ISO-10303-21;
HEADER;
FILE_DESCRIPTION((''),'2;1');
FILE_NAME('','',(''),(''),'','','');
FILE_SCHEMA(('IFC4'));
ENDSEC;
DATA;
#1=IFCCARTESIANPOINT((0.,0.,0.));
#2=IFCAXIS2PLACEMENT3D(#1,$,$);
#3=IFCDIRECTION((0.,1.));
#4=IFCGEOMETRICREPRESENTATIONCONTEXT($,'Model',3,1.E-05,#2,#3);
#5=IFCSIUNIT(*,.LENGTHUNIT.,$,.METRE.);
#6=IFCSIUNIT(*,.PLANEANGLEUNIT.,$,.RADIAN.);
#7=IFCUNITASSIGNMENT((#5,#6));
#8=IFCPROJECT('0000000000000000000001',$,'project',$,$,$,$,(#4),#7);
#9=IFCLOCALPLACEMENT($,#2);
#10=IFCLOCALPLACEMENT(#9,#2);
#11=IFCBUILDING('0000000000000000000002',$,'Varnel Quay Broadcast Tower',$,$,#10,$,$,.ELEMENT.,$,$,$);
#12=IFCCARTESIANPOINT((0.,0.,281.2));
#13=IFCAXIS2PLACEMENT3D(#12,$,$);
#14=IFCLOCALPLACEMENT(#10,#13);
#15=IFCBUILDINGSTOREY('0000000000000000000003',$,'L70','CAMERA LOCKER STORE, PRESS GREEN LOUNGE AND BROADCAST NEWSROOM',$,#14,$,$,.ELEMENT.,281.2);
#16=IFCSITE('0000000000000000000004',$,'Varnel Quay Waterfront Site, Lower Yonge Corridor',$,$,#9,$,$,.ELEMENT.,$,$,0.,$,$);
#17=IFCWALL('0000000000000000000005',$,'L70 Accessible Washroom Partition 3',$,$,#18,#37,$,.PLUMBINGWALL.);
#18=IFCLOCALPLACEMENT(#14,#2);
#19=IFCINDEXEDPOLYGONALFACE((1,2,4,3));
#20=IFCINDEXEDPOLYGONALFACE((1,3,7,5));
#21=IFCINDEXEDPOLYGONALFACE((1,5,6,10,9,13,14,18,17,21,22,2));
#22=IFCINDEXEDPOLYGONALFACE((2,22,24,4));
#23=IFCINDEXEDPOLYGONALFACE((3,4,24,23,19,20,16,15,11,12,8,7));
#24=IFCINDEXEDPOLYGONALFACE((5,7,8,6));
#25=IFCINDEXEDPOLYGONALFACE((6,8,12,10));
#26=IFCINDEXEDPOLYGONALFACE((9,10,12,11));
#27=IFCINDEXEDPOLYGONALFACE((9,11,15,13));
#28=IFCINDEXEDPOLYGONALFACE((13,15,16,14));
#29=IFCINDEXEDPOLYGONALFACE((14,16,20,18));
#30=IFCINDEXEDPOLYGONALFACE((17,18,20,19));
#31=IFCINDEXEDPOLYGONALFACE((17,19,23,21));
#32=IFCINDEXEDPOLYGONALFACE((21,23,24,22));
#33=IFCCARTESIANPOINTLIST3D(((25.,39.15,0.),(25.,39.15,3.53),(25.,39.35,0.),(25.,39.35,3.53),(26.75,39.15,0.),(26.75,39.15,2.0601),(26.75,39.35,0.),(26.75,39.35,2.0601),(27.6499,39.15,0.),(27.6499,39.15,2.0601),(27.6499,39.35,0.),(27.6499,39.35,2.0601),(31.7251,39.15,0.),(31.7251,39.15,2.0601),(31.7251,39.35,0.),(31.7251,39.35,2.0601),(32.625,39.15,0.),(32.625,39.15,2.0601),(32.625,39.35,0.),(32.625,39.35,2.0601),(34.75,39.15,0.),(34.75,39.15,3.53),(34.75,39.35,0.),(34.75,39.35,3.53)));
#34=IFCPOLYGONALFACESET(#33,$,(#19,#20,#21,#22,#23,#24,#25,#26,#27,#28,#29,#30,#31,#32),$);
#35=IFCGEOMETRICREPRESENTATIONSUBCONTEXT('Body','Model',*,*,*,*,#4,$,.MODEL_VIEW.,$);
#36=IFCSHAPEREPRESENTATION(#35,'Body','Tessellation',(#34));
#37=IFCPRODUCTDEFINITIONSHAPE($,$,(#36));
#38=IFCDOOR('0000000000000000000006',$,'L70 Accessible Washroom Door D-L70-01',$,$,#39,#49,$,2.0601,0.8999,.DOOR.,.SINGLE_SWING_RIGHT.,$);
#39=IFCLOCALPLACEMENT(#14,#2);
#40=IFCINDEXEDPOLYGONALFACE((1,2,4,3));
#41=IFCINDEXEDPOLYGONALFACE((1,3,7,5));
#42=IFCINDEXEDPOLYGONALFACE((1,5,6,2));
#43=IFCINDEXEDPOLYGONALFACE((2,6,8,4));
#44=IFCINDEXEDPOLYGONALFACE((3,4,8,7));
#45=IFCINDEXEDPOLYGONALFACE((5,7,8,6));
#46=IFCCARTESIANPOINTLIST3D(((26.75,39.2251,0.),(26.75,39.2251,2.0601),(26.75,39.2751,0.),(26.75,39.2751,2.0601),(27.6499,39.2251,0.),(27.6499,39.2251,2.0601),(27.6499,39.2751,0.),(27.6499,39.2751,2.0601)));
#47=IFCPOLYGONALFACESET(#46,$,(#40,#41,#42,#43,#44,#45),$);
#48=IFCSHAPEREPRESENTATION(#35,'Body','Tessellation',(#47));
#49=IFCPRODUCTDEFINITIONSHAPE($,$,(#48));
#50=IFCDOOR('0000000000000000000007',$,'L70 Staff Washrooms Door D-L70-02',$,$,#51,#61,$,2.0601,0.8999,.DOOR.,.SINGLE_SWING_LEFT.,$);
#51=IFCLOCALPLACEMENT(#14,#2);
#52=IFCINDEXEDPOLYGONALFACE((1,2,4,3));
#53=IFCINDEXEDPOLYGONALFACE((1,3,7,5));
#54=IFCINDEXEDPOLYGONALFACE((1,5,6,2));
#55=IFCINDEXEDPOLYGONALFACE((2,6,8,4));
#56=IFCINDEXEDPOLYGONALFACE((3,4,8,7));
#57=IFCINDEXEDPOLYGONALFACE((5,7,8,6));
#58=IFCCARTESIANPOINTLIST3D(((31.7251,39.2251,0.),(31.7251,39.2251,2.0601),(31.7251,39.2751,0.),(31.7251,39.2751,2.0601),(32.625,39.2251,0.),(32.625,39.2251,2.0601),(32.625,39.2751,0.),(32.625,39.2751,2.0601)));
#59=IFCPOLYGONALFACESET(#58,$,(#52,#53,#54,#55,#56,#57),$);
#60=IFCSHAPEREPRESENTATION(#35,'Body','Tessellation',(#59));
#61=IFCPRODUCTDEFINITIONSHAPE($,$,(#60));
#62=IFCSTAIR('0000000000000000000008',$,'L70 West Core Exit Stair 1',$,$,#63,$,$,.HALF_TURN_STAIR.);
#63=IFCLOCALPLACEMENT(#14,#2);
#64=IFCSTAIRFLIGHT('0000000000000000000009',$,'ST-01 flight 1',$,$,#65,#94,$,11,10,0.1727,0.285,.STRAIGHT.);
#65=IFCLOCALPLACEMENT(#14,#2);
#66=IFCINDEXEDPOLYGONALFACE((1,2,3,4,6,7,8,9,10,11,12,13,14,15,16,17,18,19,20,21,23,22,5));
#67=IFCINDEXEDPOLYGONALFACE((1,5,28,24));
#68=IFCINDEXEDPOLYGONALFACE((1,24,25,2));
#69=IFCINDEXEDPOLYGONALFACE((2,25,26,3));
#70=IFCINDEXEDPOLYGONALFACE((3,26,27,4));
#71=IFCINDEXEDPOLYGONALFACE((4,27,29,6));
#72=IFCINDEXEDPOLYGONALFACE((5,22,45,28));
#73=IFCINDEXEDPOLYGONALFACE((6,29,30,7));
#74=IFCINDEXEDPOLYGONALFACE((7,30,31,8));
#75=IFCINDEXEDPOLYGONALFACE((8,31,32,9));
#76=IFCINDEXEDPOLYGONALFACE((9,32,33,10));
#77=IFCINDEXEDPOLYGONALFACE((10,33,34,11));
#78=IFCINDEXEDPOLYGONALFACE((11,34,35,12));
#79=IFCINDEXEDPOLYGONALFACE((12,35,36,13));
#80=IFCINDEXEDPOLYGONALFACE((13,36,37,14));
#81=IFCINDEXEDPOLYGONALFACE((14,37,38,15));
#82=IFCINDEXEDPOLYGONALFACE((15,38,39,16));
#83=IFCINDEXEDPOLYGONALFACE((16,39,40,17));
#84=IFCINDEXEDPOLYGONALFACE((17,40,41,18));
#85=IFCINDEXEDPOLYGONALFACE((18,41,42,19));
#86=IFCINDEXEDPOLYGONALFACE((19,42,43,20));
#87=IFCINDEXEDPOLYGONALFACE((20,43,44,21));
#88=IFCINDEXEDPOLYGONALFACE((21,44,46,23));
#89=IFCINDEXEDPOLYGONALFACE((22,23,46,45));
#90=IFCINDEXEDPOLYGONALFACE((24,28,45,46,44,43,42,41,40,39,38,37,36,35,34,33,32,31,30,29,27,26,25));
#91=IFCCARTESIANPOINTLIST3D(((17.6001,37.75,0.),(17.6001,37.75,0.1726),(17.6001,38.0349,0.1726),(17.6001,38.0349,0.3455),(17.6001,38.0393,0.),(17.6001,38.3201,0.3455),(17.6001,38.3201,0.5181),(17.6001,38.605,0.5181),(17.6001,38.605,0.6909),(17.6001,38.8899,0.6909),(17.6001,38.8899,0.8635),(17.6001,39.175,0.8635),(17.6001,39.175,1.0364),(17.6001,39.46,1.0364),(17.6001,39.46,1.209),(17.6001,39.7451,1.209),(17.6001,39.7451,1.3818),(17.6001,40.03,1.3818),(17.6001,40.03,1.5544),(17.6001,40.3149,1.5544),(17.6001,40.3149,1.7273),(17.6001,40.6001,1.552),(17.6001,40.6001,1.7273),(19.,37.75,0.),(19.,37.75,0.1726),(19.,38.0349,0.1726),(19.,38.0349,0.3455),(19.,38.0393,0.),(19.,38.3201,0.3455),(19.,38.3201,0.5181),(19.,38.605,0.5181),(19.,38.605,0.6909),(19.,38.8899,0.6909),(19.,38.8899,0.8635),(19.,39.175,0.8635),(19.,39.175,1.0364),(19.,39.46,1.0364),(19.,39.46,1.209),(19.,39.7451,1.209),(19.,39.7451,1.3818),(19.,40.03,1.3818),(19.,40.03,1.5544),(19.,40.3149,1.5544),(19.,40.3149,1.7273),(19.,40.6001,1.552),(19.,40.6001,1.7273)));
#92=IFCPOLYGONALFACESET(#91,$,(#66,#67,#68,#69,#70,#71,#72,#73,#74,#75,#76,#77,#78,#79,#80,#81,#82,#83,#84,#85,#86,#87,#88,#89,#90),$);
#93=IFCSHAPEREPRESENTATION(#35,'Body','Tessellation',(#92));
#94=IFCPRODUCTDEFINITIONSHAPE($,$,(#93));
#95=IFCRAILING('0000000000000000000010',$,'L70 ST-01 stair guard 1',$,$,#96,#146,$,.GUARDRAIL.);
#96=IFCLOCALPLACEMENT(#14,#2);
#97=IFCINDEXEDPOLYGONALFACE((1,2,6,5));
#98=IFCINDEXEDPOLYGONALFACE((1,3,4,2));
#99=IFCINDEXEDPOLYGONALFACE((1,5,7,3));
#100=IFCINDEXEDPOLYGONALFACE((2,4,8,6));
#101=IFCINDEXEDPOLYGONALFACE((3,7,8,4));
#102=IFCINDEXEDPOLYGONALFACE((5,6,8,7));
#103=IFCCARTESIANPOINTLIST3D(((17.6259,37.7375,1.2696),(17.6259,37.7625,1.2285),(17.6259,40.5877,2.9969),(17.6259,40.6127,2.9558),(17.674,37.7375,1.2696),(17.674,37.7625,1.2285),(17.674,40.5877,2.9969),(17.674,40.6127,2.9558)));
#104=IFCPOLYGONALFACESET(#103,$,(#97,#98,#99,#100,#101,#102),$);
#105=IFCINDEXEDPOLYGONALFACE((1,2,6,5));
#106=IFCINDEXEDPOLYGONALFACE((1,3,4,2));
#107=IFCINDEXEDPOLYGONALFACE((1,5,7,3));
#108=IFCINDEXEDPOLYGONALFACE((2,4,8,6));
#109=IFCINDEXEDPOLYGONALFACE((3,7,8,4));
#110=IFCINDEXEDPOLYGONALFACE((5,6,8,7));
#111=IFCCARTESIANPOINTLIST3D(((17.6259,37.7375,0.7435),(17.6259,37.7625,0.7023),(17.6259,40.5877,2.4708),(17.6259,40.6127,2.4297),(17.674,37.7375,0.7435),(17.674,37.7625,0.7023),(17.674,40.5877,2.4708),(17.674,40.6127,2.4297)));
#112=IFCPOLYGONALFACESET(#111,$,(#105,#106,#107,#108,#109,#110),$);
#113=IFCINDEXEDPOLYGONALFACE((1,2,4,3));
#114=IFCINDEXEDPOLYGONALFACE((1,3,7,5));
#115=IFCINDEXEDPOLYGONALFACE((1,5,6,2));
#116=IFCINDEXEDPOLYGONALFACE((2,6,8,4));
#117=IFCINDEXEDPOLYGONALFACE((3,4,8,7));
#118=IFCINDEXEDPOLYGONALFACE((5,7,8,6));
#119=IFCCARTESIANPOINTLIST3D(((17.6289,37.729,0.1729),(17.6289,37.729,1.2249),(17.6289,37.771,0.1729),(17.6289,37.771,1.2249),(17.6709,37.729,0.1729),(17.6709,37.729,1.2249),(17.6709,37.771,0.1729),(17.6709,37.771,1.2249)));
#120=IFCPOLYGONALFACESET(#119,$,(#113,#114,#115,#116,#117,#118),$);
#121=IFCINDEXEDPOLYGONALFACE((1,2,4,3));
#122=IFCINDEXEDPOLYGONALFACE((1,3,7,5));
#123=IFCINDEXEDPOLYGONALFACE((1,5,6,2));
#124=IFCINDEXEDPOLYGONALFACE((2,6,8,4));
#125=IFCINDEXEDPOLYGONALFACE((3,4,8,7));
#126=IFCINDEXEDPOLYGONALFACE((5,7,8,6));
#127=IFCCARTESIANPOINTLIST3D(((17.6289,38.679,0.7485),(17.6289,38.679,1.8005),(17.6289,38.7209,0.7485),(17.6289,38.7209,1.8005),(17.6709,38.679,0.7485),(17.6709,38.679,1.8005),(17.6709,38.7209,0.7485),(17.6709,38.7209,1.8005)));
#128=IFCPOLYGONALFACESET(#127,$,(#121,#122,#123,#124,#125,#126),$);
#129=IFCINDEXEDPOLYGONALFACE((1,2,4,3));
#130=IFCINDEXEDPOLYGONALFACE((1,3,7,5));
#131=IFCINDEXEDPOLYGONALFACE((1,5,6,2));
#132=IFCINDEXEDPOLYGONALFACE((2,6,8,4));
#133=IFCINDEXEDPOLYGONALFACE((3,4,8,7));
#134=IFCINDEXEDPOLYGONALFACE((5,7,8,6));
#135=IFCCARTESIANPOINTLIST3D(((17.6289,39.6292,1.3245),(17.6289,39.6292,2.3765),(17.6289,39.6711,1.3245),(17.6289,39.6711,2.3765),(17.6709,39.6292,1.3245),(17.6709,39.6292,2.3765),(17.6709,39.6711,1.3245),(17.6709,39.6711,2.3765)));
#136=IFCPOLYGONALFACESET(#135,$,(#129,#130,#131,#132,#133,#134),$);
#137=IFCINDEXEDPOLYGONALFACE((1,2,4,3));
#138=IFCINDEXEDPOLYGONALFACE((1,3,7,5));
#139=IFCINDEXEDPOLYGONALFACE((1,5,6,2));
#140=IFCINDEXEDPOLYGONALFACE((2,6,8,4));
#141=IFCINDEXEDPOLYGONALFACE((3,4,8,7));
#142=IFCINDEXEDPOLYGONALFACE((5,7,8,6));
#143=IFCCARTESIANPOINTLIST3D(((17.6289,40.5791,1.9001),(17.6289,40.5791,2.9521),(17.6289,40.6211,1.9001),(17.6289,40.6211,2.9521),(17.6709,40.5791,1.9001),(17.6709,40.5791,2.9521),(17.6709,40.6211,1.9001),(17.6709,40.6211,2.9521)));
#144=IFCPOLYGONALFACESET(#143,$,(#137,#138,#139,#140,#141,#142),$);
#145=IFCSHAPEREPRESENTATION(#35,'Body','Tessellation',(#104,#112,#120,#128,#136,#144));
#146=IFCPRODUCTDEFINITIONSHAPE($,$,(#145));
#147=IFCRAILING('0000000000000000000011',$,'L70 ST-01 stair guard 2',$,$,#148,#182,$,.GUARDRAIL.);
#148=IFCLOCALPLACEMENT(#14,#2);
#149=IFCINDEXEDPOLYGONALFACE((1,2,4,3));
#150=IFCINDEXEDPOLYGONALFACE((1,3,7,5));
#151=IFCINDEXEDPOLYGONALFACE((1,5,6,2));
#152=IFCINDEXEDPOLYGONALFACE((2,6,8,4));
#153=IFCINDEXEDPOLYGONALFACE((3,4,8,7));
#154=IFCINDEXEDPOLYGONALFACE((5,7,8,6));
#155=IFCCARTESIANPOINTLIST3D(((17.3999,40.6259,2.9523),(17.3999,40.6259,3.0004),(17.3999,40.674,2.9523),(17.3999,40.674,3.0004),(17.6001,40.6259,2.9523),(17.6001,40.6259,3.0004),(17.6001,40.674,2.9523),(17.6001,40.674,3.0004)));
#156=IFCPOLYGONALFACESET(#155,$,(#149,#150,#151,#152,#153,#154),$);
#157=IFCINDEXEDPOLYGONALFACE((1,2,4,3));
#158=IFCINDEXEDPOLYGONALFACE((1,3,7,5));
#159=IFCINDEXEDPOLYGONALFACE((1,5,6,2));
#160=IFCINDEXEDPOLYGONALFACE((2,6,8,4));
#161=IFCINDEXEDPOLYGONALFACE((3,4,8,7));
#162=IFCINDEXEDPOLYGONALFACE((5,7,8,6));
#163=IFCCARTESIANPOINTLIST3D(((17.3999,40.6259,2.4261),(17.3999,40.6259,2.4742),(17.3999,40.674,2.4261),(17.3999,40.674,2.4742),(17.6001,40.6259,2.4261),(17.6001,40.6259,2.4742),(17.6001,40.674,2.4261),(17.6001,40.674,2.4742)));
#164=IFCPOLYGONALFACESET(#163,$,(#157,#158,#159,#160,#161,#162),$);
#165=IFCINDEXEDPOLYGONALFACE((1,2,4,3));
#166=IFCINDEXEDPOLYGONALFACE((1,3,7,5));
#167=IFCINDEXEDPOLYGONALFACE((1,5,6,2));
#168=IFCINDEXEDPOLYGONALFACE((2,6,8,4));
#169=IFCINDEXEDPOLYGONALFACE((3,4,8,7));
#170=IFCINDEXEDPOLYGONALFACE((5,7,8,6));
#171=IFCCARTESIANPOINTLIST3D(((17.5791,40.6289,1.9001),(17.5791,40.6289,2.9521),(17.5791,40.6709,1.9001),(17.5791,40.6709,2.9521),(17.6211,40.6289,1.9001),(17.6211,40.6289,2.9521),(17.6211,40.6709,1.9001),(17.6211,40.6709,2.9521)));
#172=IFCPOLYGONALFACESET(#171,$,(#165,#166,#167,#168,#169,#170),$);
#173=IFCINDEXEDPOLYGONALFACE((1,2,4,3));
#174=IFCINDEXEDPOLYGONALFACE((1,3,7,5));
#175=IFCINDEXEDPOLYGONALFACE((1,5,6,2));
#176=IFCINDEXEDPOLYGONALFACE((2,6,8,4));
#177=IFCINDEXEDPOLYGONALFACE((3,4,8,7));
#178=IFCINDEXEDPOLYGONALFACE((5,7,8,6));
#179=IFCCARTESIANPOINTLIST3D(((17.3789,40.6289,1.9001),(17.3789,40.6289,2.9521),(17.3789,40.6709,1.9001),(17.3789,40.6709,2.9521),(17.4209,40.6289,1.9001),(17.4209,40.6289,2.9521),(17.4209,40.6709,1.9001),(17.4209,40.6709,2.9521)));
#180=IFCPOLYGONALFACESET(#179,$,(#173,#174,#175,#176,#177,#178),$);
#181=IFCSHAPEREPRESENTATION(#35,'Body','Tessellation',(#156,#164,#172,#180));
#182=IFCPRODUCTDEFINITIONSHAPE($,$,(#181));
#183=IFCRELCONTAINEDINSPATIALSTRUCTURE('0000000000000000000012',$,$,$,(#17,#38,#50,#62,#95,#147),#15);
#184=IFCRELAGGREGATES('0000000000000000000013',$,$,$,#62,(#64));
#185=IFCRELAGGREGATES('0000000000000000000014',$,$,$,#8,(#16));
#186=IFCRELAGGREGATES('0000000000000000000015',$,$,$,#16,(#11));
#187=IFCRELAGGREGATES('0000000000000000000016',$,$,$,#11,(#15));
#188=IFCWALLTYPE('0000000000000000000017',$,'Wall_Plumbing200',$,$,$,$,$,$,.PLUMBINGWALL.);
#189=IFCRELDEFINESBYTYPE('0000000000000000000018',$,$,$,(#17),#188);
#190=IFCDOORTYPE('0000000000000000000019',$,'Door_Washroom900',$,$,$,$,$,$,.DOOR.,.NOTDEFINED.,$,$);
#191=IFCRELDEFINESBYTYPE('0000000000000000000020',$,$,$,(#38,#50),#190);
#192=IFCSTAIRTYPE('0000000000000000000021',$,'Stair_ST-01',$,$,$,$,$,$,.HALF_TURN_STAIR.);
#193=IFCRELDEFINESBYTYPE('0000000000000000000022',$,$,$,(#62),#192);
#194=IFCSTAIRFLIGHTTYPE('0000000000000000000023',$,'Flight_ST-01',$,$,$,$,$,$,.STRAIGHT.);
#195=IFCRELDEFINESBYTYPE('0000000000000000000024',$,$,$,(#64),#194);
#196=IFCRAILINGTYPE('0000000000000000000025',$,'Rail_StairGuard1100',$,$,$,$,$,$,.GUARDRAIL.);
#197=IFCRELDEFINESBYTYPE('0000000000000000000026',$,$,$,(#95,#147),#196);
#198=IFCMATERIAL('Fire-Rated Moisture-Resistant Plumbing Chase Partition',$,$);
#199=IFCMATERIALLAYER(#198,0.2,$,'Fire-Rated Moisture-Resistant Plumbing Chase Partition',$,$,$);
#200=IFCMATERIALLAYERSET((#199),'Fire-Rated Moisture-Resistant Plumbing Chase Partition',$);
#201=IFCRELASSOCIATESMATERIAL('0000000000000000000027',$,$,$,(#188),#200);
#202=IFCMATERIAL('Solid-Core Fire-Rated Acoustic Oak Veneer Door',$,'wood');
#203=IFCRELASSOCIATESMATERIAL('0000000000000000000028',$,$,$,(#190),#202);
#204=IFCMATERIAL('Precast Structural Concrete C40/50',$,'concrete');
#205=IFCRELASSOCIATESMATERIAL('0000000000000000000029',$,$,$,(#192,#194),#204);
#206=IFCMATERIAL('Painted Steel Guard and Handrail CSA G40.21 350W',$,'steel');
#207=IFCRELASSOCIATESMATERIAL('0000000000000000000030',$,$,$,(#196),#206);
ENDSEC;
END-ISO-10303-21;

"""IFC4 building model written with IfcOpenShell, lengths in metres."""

from ifc_helpers import new_model, si_unit, direction, frame, frame_2d, origin, origin_2d, place, context, subcontext, project, spatial, polyline, rectangle, outline, extrude, source, transform, mapped, material, layer, layer_set, type_object, type_shapes, element, fill, aggregate, save


model = new_model("IFC4")

# Units and contexts
model_context = context("Model", 3, precision=1e-05, world=origin(), true_north=direction((0.0, 1.0)))
body_context = subcontext(model_context, "Body", "Model", "MODEL_VIEW")
ifc_project = project(units=[si_unit("LENGTHUNIT", "METRE"), si_unit("PLANEANGLEUNIT", "RADIAN")], contexts=[model_context])

# Site, building, storey
site_placement = place(None, origin())
site = spatial("IfcSite", under=ifc_project, at=site_placement, Name="Varnel Quay Waterfront Site, Lower Yonge Corridor", CompositionType="ELEMENT", RefElevation=0.0)
building_placement = place(site_placement, origin())
building = spatial("IfcBuilding", under=site, at=building_placement, Name="Varnel Quay Broadcast Tower", CompositionType="ELEMENT")
storey_placement = place(building_placement, frame((0.0, 0.0, 281.2)))
storey = spatial("IfcBuildingStorey", under=building, at=storey_placement, Name="L70", Description="CAMERA LOCKER STORE, PRESS GREEN LOUNGE AND BROADCAST NEWSROOM", CompositionType="ELEMENT", Elevation=281.2)

# Wall, openings, doors
ifc_material_1 = material(Name="Solid-Core Fire-Rated Acoustic Oak Veneer Door", Category="wood")
ifc_material_2 = material(Name="Fire-Rated Moisture-Resistant Plumbing Chase Partition")
ifc_layer_1 = layer(ifc_material_2, 0.2, Name="Fire-Rated Moisture-Resistant Plumbing Chase Partition")
ifc_layer_set_1 = layer_set([ifc_layer_1], Name="Fire-Rated Moisture-Resistant Plumbing Chase Partition")
wall_type_1 = type_object("IfcWallType", Name="Wall_Plumbing200", PredefinedType="PLUMBINGWALL", material=ifc_layer_set_1)
wall_1_placement = place(storey_placement, frame((25.0, 39.25, 0.0), z_axis=(0.0, 0.0, 1.0), x_axis=(1.0, 0.0, 0.0)))
wall_1 = element("IfcWall", 1, at=wall_1_placement, inside=storey, type_object=wall_type_1, Name="L70 Accessible Washroom Partition 3", PredefinedType="PLUMBINGWALL", context=body_context, shape_type="SweptSolid", body=[
    extrude(rectangle(XDim=9.75, YDim=0.2, at=frame_2d((4.875, 0.0))), origin(), (0.0, 0.0, 1.0), 3.53),
])
opening_1_placement = place(wall_1_placement, frame((1.75, 0.0, 0.0)))
opening_1 = element("IfcOpeningElement", 2, at=opening_1_placement, cuts=wall_1, PredefinedType="OPENING", context=body_context, shape_type="SweptSolid", body=[
    extrude(rectangle(XDim=0.8999, YDim=2.0601, at=frame_2d((0.45, 1.03))), frame((0.0, 0.1099, 0.0), z_axis=(0.0, -1.0, 0.0), x_axis=(1.0, 0.0, 0.0)), (0.0, 0.0, 1.0), 0.22),
])
opening_2_placement = place(wall_1_placement, frame((6.7251, 0.0, 0.0)))
opening_2 = element("IfcOpeningElement", 3, at=opening_2_placement, cuts=wall_1, PredefinedType="OPENING", context=body_context, shape_type="SweptSolid", body=[
    extrude(rectangle(XDim=0.8999, YDim=2.0601, at=frame_2d((0.45, 1.03))), frame((0.0, 0.1099, 0.0), z_axis=(0.0, -1.0, 0.0), x_axis=(1.0, 0.0, 0.0)), (0.0, 0.0, 1.0), 0.22),
])
door_type_1 = type_object("IfcDoorType", Name="Door_Washroom900", OperationType="NOTDEFINED", PredefinedType="DOOR", material=ifc_material_1)
shared_shape_1 = source(origin(), body_context, "Body", "SweptSolid", [
    extrude(rectangle(XDim=0.8999, YDim=2.0601, at=frame_2d((0.45, 1.03))), frame((0.0, 0.0249, 0.0), z_axis=(0.0, -1.0, 0.0), x_axis=(1.0, 0.0, 0.0)), (0.0, 0.0, 1.0), 0.05),
])
type_shapes(door_type_1, [shared_shape_1])
door_1_placement = place(opening_1_placement, frame((0.8999, 0.0, 0.0), z_axis=(0.0, 0.0, 1.0), x_axis=(-1.0, 0.0, 0.0)))
door_1 = element("IfcDoor", 4, at=door_1_placement, inside=storey, type_object=door_type_1, Name="L70 Accessible Washroom Door D-L70-01", OperationType="SINGLE_SWING_RIGHT", OverallHeight=2.0601, OverallWidth=0.8999, PredefinedType="DOOR", context=body_context, shape_type="MappedRepresentation", body=[
    mapped(shared_shape_1, transform((0.0, 0.0, 0.0), x_axis=(1.0, 0.0, 0.0), y_axis=(0.0, 1.0, 0.0), z_axis=(0.0, 0.0, 1.0), scale=1.0)),
])
fill(opening_1, door_1)
door_2_placement = place(opening_2_placement, frame((0.8999, 0.0, 0.0), z_axis=(0.0, 0.0, 1.0), x_axis=(-1.0, 0.0, 0.0)))
door_2 = element("IfcDoor", 5, at=door_2_placement, inside=storey, type_object=door_type_1, Name="L70 Staff Washrooms Door D-L70-02", OperationType="SINGLE_SWING_LEFT", OverallHeight=2.0601, OverallWidth=0.8999, PredefinedType="DOOR", context=body_context, shape_type="MappedRepresentation", body=[
    mapped(shared_shape_1, transform((0.0, 0.0, 0.0), x_axis=(1.0, 0.0, 0.0), y_axis=(0.0, 1.0, 0.0), z_axis=(0.0, 0.0, 1.0), scale=1.0)),
])
fill(opening_2, door_2)

# Stair, stair flight
ifc_material_3 = material(Name="Precast Structural Concrete C40/50", Category="concrete")
stair_type = type_object("IfcStairType", Name="Stair_ST-01", PredefinedType="HALF_TURN_STAIR", material=ifc_material_3)
stair_placement = place(storey_placement, origin())
stair = element("IfcStair", 6, at=stair_placement, inside=storey, type_object=stair_type, Name="L70 West Core Exit Stair 1", PredefinedType="HALF_TURN_STAIR")
stair_flight_type = type_object("IfcStairFlightType", Name="Flight_ST-01", PredefinedType="STRAIGHT", material=ifc_material_3)
stair_flight_placement = place(storey_placement, frame((18.3, 37.75, 0.0), z_axis=(0.0, 0.0, 1.0), x_axis=(0.0, 1.0, 0.0)))
stair_flight = element("IfcStairFlight", 7, at=stair_flight_placement, type_object=stair_flight_type, Name="ST-01 flight 1", NumberOfRisers=11, NumberOfTreads=10, PredefinedType="STRAIGHT", RiserHeight=0.1727, TreadLength=0.285, context=body_context, shape_type="SweptSolid", body=[
    extrude(outline(polyline([(0.0, 0.0), (0.0, 0.1726), (0.2849, 0.1726), (0.2849, 0.3455), (0.5701, 0.3455), (0.5701, 0.5181), (0.855, 0.5181), (0.855, 0.6909), (1.1399, 0.6909), (1.1399, 0.8635), (1.425, 0.8635), (1.425, 1.0364), (1.71, 1.0364), (1.71, 1.209), (1.9951, 1.209), (1.9951, 1.3818), (2.28, 1.3818), (2.28, 1.5544), (2.5649, 1.5544), (2.5649, 1.7273), (2.8501, 1.7273), (2.8501, 1.8999), (2.8501, 1.552), (0.2893, 0.0), (0.0, 0.0)])), frame((0.0, 0.7, 0.0), z_axis=(0.0, -1.0, 0.0), x_axis=(1.0, 0.0, 0.0)), (0.0, 0.0, 1.0), 1.3999),
])
aggregate(stair, [stair_flight])

# Railings
ifc_material_4 = material(Name="Painted Steel Guard and Handrail CSA G40.21 350W", Category="steel")
railing_type_1 = type_object("IfcRailingType", Name="Rail_StairGuard1100", PredefinedType="GUARDRAIL", material=ifc_material_4)
railing_1_placement = place(storey_placement, frame((17.6499, 37.75, 0.1729)))
element("IfcRailing", 8, at=railing_1_placement, inside=storey, type_object=railing_type_1, Name="L70 ST-01 stair guard 1", PredefinedType="GUARDRAIL", context=body_context, shape_type="SweptSolid", body=[
    extrude(rectangle(XDim=0.0481, YDim=0.0481, at=origin_2d()), frame((0.0, 0.0, 1.0762), z_axis=(0.0, 0.855203, 0.518294), x_axis=(-1.0, 0.0, 0.0)), (0.0, 0.0, 1.0), 3.3328),
    extrude(rectangle(XDim=0.0481, YDim=0.0481, at=origin_2d()), frame((0.0, 0.0, 0.55), z_axis=(0.0, 0.855203, 0.518294), x_axis=(-1.0, 0.0, 0.0)), (0.0, 0.0, 1.0), 3.3328),
    extrude(rectangle(XDim=0.042, YDim=0.042, at=origin_2d()), origin(), (0.0, 0.0, 1.0), 1.052),
    extrude(rectangle(XDim=0.042, YDim=0.042, at=origin_2d()), frame((0.0, 0.95, 0.5757)), (0.0, 0.0, 1.0), 1.052),
    extrude(rectangle(XDim=0.042, YDim=0.042, at=origin_2d()), frame((0.0, 1.9001, 1.1516)), (0.0, 0.0, 1.0), 1.052),
    extrude(rectangle(XDim=0.042, YDim=0.042, at=origin_2d()), frame((0.0, 2.8501, 1.7273)), (0.0, 0.0, 1.0), 1.052),
])
for number, where, name in (
    (9, (17.6001, 40.6499, 1.9001), "L70 ST-01 stair guard 2"),
):
    element("IfcRailing", number, at=place(storey_placement, frame(where)), inside=storey, type_object=railing_type_1, Name=name, PredefinedType="GUARDRAIL", context=body_context, shape_type="SweptSolid", body=[
        extrude(rectangle(XDim=0.0481, YDim=0.0481, at=origin_2d()), frame((0.0, 0.0, 1.0762), z_axis=(-1.0, 0.0, 0.0), x_axis=(0.0, -1.0, 0.0)), (0.0, 0.0, 1.0), 0.2002),
        extrude(rectangle(XDim=0.0481, YDim=0.0481, at=origin_2d()), frame((0.0, 0.0, 0.55), z_axis=(-1.0, 0.0, 0.0), x_axis=(0.0, -1.0, 0.0)), (0.0, 0.0, 1.0), 0.2002),
        extrude(rectangle(XDim=0.042, YDim=0.042, at=origin_2d()), origin(), (0.0, 0.0, 1.0), 1.052),
        extrude(rectangle(XDim=0.042, YDim=0.042, at=origin_2d()), frame((-0.2002, 0.0, 0.0)), (0.0, 0.0, 1.0), 1.052),
    ])

save(model, "model.ifc")
